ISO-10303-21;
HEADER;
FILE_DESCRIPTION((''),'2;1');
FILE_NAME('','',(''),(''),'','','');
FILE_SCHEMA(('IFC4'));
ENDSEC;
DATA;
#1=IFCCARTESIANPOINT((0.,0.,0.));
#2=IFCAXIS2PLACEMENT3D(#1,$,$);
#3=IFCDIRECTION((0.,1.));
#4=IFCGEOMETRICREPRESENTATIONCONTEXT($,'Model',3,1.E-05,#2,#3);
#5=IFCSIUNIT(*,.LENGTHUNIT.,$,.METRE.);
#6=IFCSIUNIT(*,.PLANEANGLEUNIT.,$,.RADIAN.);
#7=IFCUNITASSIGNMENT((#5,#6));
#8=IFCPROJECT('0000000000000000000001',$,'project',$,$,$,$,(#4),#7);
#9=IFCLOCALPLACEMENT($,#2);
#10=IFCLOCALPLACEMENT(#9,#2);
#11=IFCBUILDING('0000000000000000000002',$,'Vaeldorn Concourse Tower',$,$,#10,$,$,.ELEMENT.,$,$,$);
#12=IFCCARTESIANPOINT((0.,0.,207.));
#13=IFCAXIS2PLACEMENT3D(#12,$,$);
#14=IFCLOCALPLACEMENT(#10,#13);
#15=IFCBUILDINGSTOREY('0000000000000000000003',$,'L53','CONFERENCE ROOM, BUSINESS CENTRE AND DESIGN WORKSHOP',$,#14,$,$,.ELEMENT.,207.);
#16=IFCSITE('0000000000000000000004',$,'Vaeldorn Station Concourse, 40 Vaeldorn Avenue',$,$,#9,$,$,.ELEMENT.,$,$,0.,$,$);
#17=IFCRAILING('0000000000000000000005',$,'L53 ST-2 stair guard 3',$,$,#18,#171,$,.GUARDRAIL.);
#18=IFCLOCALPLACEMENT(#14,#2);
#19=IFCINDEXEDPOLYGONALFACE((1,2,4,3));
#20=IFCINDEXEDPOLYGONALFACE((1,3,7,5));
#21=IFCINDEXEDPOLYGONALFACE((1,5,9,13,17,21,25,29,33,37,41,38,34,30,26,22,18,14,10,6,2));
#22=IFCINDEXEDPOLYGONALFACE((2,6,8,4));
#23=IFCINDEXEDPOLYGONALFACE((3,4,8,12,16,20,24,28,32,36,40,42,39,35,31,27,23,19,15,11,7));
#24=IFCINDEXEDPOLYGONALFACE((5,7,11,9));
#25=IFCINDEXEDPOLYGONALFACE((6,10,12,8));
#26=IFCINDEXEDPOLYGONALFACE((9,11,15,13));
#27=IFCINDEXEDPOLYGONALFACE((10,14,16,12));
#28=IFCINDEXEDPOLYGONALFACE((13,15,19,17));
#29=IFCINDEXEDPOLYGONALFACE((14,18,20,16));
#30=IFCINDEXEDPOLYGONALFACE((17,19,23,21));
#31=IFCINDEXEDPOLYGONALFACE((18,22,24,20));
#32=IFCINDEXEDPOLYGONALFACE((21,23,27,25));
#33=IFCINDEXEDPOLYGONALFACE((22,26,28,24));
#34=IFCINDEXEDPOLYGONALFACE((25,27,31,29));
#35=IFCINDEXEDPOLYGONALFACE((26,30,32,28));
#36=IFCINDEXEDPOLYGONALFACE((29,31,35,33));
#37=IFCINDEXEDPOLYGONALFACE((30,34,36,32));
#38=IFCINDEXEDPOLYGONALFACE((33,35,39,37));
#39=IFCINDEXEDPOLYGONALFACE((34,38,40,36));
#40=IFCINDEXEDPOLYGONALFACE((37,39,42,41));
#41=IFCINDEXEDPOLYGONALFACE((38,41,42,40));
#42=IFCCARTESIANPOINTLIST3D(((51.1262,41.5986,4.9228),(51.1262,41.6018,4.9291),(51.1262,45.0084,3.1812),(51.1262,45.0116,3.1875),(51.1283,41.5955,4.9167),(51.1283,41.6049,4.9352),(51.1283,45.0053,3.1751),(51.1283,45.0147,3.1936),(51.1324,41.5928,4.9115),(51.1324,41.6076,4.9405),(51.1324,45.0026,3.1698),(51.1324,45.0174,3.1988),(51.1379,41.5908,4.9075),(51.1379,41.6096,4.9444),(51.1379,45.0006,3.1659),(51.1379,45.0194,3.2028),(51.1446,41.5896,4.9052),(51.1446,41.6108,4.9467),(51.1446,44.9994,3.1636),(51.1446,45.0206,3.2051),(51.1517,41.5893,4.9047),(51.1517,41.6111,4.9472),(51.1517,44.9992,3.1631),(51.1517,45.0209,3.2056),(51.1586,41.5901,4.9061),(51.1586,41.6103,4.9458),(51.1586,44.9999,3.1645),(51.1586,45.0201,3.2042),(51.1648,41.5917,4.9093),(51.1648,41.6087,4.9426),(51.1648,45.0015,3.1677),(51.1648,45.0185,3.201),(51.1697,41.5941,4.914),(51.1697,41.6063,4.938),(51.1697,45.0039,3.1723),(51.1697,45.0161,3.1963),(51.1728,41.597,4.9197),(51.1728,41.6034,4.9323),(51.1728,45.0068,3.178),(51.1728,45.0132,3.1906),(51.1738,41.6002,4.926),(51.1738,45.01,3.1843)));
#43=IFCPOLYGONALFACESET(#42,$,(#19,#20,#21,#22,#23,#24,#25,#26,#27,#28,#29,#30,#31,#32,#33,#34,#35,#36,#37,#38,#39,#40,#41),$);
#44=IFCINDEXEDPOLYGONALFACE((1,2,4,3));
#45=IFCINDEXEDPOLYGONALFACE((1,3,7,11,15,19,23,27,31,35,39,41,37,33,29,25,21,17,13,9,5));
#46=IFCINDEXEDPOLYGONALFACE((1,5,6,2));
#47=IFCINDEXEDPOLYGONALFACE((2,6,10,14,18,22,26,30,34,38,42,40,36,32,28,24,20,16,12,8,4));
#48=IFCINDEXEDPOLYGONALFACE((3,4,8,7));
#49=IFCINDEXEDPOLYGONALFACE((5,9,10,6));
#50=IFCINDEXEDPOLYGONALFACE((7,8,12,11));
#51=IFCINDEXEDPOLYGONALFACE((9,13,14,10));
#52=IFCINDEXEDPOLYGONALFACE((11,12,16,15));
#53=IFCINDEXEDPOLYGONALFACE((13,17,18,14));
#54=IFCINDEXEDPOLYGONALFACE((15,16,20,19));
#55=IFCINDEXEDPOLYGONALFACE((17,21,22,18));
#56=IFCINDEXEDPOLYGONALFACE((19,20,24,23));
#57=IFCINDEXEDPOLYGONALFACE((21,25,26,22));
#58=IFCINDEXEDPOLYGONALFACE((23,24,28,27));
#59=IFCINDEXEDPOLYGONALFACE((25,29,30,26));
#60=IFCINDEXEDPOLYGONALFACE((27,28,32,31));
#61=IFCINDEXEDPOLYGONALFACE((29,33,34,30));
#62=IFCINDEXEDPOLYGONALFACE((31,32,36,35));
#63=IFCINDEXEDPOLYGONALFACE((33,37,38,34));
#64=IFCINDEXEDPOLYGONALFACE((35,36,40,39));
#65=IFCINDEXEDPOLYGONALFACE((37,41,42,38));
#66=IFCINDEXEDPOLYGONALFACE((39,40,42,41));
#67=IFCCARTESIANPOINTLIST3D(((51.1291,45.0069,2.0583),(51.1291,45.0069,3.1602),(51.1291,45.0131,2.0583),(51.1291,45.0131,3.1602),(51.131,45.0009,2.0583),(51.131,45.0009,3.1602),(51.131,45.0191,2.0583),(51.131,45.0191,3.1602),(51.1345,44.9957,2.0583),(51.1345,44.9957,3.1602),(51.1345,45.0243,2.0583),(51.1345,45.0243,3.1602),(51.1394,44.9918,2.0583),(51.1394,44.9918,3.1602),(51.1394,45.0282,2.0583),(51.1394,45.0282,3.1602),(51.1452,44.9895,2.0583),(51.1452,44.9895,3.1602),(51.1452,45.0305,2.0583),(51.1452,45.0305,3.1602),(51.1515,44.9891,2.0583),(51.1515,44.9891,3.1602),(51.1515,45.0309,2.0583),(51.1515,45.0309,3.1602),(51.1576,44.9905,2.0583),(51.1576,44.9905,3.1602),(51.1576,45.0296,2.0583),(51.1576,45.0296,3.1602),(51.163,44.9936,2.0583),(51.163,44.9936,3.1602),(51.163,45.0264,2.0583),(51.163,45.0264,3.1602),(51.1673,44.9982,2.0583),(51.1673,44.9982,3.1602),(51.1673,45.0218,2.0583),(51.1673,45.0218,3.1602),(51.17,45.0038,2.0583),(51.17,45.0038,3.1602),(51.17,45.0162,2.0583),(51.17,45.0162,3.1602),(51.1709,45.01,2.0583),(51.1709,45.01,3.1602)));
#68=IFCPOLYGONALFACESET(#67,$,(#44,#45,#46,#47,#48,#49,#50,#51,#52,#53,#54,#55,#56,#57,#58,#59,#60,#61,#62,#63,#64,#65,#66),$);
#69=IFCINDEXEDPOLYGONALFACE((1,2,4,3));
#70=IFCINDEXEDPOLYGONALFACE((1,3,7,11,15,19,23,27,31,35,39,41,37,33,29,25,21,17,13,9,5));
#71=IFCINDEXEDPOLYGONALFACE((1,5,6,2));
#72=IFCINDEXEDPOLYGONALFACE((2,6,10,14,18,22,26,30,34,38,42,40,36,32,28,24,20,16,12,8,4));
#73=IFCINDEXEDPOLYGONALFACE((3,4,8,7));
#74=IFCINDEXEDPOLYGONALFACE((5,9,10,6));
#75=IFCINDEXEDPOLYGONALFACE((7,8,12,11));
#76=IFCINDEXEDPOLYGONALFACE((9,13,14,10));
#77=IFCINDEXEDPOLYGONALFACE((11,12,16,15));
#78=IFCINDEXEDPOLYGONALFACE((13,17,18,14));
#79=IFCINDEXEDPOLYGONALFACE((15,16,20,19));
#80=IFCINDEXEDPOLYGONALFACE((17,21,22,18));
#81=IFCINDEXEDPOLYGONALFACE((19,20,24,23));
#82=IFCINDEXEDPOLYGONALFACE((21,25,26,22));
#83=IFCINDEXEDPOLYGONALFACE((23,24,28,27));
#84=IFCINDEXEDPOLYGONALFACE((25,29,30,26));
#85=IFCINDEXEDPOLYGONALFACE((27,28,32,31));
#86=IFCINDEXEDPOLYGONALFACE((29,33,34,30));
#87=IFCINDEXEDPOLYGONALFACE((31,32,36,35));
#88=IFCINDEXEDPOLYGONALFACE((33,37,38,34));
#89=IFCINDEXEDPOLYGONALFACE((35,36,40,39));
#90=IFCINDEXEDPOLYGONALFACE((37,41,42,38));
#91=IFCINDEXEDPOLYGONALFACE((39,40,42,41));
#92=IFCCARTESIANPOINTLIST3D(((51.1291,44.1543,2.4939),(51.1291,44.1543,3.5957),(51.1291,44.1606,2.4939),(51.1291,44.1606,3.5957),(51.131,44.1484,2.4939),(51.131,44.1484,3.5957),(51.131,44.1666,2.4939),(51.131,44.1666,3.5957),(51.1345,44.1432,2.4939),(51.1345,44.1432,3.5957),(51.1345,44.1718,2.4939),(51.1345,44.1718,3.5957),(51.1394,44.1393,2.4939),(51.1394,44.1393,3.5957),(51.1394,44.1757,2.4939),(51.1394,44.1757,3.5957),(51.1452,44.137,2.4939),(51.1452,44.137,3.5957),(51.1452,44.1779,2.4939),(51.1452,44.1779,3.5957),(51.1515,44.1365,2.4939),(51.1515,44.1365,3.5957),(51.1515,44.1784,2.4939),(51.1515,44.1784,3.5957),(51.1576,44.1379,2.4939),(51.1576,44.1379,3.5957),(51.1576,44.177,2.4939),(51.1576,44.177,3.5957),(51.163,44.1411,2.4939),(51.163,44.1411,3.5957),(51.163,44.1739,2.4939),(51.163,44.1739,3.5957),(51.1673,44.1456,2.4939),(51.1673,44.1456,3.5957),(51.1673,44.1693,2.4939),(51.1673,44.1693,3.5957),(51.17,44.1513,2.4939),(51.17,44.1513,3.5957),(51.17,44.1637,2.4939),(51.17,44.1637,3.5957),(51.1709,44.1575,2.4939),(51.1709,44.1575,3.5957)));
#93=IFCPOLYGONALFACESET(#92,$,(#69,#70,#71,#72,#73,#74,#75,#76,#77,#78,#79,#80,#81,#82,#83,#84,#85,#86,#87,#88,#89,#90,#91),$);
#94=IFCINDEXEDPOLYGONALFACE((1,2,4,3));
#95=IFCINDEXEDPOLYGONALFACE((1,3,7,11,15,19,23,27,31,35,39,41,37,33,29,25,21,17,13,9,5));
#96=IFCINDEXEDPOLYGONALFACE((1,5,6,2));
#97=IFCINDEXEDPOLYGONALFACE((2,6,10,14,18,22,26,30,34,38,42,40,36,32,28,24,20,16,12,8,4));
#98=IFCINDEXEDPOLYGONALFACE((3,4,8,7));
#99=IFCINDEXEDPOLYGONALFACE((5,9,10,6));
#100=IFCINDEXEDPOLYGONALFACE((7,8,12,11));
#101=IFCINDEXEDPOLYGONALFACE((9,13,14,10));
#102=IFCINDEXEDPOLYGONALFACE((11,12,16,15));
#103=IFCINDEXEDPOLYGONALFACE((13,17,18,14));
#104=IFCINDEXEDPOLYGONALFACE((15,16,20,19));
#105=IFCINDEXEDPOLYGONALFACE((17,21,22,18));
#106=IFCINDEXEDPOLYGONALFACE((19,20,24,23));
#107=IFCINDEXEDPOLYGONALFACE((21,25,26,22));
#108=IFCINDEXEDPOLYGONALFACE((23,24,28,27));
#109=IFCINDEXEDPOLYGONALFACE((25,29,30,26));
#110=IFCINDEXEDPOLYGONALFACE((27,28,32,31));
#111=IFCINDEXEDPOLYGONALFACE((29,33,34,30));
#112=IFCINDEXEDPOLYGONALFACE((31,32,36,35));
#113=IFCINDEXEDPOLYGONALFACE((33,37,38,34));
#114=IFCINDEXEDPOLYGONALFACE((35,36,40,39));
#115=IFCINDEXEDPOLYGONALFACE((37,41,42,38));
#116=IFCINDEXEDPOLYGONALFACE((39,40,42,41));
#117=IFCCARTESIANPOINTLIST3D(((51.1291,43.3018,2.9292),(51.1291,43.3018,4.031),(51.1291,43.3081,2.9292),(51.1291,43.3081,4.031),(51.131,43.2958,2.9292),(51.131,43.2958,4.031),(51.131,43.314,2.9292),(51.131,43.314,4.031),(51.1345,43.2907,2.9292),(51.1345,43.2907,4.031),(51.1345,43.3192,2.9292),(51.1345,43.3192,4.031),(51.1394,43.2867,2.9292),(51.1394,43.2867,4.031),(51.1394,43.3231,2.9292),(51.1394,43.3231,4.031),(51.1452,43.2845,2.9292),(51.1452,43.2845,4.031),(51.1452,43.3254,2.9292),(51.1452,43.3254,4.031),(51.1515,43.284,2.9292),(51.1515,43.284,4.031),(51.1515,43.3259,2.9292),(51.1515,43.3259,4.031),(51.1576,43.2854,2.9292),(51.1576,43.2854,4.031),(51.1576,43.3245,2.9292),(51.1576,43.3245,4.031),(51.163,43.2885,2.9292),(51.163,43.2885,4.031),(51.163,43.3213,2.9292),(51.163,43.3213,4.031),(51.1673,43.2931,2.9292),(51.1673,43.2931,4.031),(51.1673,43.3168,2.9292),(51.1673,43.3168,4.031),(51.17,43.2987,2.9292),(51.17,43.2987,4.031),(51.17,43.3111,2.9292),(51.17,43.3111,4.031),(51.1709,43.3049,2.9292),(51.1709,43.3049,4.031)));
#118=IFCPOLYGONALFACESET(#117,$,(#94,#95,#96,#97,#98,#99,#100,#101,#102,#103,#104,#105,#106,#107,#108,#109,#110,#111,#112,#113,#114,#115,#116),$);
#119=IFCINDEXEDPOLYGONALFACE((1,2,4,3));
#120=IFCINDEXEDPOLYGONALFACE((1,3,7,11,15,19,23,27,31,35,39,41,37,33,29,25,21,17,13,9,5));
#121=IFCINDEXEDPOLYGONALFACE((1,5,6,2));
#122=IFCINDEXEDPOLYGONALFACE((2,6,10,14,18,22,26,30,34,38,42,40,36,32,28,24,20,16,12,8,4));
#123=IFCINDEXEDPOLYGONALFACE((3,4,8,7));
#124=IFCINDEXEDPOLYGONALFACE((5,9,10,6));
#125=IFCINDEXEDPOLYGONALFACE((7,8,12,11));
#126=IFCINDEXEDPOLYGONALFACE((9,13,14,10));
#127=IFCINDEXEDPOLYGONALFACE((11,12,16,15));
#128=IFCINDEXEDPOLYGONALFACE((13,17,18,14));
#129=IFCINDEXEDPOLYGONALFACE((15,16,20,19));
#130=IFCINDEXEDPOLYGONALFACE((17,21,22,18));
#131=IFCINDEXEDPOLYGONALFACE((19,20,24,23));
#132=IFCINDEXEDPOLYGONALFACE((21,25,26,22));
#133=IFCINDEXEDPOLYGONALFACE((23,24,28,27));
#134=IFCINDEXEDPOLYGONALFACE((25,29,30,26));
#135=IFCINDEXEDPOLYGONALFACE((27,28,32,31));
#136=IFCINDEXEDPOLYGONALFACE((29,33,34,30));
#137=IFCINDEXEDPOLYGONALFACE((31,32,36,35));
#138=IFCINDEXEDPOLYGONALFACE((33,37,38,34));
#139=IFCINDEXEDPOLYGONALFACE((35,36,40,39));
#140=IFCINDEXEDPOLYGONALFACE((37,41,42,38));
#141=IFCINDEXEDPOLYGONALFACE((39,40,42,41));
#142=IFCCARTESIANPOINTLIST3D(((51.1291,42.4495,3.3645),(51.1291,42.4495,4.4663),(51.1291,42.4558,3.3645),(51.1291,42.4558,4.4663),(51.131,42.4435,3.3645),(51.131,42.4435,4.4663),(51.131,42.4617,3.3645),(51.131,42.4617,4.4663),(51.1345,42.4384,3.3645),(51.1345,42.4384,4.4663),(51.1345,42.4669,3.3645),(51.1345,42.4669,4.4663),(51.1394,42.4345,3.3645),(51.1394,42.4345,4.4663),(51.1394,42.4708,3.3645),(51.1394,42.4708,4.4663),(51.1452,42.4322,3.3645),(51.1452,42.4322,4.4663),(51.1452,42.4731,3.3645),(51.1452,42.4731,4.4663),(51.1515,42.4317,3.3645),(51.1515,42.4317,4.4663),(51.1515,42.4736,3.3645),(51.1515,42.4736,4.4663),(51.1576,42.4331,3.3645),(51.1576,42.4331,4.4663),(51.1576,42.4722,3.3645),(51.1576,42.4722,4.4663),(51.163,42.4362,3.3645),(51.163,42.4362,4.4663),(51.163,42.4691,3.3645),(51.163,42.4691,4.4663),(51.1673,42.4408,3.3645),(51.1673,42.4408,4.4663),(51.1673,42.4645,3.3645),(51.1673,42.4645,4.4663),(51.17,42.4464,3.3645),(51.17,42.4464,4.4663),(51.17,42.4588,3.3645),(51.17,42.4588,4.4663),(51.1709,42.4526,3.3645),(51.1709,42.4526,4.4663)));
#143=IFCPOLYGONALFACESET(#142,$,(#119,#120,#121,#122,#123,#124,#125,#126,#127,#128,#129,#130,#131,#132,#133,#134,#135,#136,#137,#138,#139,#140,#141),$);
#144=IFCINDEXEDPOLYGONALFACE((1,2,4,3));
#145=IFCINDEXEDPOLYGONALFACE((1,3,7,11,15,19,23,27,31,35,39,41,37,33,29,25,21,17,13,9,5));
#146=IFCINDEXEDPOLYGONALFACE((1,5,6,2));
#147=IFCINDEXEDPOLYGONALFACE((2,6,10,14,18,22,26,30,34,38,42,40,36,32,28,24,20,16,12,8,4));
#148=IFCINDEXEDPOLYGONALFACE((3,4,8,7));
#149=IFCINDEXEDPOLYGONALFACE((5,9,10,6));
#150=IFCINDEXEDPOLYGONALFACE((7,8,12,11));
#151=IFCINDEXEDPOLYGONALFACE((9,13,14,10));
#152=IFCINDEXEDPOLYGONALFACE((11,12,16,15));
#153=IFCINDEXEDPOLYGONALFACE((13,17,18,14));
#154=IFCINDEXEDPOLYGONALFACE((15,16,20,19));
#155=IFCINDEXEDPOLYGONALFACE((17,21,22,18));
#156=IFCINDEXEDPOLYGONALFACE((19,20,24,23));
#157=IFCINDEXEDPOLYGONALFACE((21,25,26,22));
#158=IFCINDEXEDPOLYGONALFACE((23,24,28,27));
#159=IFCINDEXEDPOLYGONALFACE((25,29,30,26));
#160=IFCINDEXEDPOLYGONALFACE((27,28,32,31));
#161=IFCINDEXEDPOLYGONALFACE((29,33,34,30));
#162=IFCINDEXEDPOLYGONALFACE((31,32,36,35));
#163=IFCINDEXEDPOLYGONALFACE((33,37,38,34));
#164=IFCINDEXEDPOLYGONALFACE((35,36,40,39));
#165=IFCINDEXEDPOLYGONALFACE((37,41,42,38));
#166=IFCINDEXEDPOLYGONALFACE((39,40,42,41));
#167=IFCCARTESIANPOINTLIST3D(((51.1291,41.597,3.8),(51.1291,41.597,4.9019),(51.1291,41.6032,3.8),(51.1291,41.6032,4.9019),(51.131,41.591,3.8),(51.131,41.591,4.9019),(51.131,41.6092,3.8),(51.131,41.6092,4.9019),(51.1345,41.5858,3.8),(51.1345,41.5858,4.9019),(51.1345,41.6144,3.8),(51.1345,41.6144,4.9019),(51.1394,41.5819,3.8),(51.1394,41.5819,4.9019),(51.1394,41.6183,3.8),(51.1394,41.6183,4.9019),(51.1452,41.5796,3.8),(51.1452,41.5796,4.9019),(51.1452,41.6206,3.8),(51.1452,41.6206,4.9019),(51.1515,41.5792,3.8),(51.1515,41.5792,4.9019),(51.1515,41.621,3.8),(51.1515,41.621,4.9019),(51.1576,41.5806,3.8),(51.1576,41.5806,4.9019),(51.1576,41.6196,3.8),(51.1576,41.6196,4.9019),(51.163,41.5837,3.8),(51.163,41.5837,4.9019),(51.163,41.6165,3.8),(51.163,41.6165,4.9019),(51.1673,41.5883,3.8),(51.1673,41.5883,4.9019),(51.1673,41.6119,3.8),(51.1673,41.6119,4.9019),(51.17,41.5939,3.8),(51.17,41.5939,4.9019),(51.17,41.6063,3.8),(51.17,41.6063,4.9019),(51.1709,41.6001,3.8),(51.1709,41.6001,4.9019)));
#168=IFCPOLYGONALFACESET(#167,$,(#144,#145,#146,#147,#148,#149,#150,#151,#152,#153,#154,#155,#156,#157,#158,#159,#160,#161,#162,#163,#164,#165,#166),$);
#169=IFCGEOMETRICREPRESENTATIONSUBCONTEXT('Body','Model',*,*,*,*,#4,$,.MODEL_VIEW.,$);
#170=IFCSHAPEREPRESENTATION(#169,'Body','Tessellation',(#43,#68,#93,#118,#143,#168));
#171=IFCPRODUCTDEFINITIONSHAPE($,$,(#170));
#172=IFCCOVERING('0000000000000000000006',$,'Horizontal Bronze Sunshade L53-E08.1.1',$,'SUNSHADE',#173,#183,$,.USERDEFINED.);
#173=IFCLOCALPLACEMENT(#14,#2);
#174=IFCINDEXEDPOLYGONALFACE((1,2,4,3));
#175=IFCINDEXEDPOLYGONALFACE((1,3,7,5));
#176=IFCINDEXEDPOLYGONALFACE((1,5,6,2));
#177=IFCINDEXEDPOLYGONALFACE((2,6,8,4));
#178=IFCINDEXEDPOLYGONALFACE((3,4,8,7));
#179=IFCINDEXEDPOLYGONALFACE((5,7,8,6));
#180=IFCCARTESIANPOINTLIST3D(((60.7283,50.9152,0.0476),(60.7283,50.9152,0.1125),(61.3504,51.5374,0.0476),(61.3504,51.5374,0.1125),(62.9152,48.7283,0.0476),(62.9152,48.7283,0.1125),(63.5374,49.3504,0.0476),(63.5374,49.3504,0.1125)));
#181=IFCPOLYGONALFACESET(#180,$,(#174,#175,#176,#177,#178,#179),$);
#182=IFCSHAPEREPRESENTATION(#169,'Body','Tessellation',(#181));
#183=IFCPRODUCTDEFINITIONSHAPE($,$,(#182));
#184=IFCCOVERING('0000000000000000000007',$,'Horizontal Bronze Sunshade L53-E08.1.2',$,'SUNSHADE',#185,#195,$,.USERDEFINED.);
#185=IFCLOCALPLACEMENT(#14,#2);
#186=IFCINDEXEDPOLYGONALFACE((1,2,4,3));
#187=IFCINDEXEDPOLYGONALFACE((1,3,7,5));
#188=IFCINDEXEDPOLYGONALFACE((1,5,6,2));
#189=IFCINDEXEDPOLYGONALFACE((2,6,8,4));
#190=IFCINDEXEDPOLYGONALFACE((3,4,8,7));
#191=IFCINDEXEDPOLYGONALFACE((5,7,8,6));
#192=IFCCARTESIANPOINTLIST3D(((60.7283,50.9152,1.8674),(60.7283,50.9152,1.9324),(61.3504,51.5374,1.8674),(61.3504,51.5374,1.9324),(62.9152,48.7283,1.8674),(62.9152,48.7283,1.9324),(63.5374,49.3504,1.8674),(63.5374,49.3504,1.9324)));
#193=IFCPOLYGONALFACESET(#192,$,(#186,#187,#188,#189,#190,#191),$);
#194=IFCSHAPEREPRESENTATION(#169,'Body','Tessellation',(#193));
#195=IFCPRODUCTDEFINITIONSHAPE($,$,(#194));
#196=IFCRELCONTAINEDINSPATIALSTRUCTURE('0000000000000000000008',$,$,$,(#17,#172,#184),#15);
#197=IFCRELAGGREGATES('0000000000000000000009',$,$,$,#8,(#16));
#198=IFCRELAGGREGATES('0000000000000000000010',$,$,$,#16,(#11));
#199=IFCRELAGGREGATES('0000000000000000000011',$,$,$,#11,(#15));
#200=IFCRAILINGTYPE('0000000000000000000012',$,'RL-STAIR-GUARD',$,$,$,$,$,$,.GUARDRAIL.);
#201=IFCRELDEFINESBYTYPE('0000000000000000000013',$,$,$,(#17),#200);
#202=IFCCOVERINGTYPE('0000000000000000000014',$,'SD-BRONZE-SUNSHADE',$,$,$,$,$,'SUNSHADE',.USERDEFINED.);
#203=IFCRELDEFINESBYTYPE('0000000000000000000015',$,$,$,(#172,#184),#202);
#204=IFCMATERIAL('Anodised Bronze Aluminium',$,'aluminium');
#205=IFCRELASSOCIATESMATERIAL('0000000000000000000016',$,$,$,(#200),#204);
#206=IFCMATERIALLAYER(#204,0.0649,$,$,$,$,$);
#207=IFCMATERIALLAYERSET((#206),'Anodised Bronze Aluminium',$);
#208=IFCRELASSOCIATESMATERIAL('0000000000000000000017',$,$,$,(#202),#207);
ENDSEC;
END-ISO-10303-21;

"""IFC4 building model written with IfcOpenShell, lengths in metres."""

from ifc_helpers import new_model, si_unit, direction, frame, origin, origin_2d, place, context, subcontext, project, spatial, rectangle, circle, extrude, source, transform, mapped, material, layer, layer_set, type_object, element, save


model = new_model("IFC4")

# Units and contexts
model_context = context("Model", 3, precision=1e-05, world=origin(), true_north=direction((0.0, 1.0)))
body_context = subcontext(model_context, "Body", "Model", "MODEL_VIEW")
ifc_project = project(units=[si_unit("LENGTHUNIT", "METRE"), si_unit("PLANEANGLEUNIT", "RADIAN")], contexts=[model_context])

# Site, building, storey
site_placement = place(None, origin())
site = spatial("IfcSite", under=ifc_project, at=site_placement, Name="Vaeldorn Station Concourse, 40 Vaeldorn Avenue", CompositionType="ELEMENT", RefElevation=0.0)
building_placement = place(site_placement, origin())
building = spatial("IfcBuilding", under=site, at=building_placement, Name="Vaeldorn Concourse Tower", CompositionType="ELEMENT")
storey_placement = place(building_placement, frame((0.0, 0.0, 207.0)))
storey = spatial("IfcBuildingStorey", under=building, at=storey_placement, Name="L53", Description="CONFERENCE ROOM, BUSINESS CENTRE AND DESIGN WORKSHOP", CompositionType="ELEMENT", Elevation=207.0)

# Shared definitions
ifc_material_1 = material(Name="Anodised Bronze Aluminium", Category="aluminium")

# Railing
railing_type = type_object("IfcRailingType", Name="RL-STAIR-GUARD", PredefinedType="GUARDRAIL", material=ifc_material_1)
railing_1_placement = place(storey_placement, frame((51.1499, 45.01, 2.0583)))
element("IfcRailing", 1, at=railing_1_placement, inside=storey, type_object=railing_type, Name="L53 ST-2 stair guard 3", PredefinedType="GUARDRAIL", context=body_context, shape_type="SweptSolid", body=[
    extrude(circle(Radius=0.0239, at=origin_2d()), frame((0.0, 0.0, 1.126), z_axis=(0.0, -0.890556, 0.454874), x_axis=(1.0, 0.0, 0.0)), (0.0, 0.0, 1.0), 3.8289),
    extrude(circle(Radius=0.021, at=origin_2d()), origin(), (0.0, 0.0, 1.0), 1.1018),
    extrude(circle(Radius=0.021, at=origin_2d()), frame((0.0, -0.8525, 0.4355)), (0.0, 0.0, 1.0), 1.1018),
    extrude(circle(Radius=0.021, at=origin_2d()), frame((0.0, -1.7051, 0.8708)), (0.0, 0.0, 1.0), 1.1018),
    extrude(circle(Radius=0.021, at=origin_2d()), frame((0.0, -2.5574, 1.3062)), (0.0, 0.0, 1.0), 1.1018),
    extrude(circle(Radius=0.021, at=origin_2d()), frame((0.0, -3.4099, 1.7417)), (0.0, 0.0, 1.0), 1.1018),
])

# Coverings
ifc_layer_1 = layer(ifc_material_1, 0.0649)
ifc_layer_set_1 = layer_set([ifc_layer_1], Name="Anodised Bronze Aluminium")
covering_type = type_object("IfcCoveringType", Name="SD-BRONZE-SUNSHADE", ElementType="SUNSHADE", PredefinedType="USERDEFINED", material=ifc_layer_set_1)
shared_shape_1 = source(origin(), body_context, "Body", "SweptSolid", [
    extrude(rectangle(XDim=3.0928, YDim=0.8799, at=origin_2d()), origin(), (0.0, 0.0, 1.0), 0.0649),
])
for number, where, z_axis, x_axis, name in (
    (2, (62.1328, 50.1328, 0.0476), (0.0, 0.0, 1.0), (-0.707107, 0.707107, 0.0), "Horizontal Bronze Sunshade L53-E08.1.1"),
    (3, (62.1328, 50.1328, 1.8674), (0.0, 0.0, 1.0), (-0.707107, 0.707107, 0.0), "Horizontal Bronze Sunshade L53-E08.1.2"),
):
    element("IfcCovering", number, at=place(storey_placement, frame(where, z_axis=z_axis, x_axis=x_axis)), inside=storey, type_object=covering_type, Name=name, ObjectType="SUNSHADE", PredefinedType="USERDEFINED", context=body_context, shape_type="MappedRepresentation", body=[
        mapped(shared_shape_1, transform((0.0, 0.0, 0.0), scale=1.0)),
    ])

save(model, "model.ifc")
